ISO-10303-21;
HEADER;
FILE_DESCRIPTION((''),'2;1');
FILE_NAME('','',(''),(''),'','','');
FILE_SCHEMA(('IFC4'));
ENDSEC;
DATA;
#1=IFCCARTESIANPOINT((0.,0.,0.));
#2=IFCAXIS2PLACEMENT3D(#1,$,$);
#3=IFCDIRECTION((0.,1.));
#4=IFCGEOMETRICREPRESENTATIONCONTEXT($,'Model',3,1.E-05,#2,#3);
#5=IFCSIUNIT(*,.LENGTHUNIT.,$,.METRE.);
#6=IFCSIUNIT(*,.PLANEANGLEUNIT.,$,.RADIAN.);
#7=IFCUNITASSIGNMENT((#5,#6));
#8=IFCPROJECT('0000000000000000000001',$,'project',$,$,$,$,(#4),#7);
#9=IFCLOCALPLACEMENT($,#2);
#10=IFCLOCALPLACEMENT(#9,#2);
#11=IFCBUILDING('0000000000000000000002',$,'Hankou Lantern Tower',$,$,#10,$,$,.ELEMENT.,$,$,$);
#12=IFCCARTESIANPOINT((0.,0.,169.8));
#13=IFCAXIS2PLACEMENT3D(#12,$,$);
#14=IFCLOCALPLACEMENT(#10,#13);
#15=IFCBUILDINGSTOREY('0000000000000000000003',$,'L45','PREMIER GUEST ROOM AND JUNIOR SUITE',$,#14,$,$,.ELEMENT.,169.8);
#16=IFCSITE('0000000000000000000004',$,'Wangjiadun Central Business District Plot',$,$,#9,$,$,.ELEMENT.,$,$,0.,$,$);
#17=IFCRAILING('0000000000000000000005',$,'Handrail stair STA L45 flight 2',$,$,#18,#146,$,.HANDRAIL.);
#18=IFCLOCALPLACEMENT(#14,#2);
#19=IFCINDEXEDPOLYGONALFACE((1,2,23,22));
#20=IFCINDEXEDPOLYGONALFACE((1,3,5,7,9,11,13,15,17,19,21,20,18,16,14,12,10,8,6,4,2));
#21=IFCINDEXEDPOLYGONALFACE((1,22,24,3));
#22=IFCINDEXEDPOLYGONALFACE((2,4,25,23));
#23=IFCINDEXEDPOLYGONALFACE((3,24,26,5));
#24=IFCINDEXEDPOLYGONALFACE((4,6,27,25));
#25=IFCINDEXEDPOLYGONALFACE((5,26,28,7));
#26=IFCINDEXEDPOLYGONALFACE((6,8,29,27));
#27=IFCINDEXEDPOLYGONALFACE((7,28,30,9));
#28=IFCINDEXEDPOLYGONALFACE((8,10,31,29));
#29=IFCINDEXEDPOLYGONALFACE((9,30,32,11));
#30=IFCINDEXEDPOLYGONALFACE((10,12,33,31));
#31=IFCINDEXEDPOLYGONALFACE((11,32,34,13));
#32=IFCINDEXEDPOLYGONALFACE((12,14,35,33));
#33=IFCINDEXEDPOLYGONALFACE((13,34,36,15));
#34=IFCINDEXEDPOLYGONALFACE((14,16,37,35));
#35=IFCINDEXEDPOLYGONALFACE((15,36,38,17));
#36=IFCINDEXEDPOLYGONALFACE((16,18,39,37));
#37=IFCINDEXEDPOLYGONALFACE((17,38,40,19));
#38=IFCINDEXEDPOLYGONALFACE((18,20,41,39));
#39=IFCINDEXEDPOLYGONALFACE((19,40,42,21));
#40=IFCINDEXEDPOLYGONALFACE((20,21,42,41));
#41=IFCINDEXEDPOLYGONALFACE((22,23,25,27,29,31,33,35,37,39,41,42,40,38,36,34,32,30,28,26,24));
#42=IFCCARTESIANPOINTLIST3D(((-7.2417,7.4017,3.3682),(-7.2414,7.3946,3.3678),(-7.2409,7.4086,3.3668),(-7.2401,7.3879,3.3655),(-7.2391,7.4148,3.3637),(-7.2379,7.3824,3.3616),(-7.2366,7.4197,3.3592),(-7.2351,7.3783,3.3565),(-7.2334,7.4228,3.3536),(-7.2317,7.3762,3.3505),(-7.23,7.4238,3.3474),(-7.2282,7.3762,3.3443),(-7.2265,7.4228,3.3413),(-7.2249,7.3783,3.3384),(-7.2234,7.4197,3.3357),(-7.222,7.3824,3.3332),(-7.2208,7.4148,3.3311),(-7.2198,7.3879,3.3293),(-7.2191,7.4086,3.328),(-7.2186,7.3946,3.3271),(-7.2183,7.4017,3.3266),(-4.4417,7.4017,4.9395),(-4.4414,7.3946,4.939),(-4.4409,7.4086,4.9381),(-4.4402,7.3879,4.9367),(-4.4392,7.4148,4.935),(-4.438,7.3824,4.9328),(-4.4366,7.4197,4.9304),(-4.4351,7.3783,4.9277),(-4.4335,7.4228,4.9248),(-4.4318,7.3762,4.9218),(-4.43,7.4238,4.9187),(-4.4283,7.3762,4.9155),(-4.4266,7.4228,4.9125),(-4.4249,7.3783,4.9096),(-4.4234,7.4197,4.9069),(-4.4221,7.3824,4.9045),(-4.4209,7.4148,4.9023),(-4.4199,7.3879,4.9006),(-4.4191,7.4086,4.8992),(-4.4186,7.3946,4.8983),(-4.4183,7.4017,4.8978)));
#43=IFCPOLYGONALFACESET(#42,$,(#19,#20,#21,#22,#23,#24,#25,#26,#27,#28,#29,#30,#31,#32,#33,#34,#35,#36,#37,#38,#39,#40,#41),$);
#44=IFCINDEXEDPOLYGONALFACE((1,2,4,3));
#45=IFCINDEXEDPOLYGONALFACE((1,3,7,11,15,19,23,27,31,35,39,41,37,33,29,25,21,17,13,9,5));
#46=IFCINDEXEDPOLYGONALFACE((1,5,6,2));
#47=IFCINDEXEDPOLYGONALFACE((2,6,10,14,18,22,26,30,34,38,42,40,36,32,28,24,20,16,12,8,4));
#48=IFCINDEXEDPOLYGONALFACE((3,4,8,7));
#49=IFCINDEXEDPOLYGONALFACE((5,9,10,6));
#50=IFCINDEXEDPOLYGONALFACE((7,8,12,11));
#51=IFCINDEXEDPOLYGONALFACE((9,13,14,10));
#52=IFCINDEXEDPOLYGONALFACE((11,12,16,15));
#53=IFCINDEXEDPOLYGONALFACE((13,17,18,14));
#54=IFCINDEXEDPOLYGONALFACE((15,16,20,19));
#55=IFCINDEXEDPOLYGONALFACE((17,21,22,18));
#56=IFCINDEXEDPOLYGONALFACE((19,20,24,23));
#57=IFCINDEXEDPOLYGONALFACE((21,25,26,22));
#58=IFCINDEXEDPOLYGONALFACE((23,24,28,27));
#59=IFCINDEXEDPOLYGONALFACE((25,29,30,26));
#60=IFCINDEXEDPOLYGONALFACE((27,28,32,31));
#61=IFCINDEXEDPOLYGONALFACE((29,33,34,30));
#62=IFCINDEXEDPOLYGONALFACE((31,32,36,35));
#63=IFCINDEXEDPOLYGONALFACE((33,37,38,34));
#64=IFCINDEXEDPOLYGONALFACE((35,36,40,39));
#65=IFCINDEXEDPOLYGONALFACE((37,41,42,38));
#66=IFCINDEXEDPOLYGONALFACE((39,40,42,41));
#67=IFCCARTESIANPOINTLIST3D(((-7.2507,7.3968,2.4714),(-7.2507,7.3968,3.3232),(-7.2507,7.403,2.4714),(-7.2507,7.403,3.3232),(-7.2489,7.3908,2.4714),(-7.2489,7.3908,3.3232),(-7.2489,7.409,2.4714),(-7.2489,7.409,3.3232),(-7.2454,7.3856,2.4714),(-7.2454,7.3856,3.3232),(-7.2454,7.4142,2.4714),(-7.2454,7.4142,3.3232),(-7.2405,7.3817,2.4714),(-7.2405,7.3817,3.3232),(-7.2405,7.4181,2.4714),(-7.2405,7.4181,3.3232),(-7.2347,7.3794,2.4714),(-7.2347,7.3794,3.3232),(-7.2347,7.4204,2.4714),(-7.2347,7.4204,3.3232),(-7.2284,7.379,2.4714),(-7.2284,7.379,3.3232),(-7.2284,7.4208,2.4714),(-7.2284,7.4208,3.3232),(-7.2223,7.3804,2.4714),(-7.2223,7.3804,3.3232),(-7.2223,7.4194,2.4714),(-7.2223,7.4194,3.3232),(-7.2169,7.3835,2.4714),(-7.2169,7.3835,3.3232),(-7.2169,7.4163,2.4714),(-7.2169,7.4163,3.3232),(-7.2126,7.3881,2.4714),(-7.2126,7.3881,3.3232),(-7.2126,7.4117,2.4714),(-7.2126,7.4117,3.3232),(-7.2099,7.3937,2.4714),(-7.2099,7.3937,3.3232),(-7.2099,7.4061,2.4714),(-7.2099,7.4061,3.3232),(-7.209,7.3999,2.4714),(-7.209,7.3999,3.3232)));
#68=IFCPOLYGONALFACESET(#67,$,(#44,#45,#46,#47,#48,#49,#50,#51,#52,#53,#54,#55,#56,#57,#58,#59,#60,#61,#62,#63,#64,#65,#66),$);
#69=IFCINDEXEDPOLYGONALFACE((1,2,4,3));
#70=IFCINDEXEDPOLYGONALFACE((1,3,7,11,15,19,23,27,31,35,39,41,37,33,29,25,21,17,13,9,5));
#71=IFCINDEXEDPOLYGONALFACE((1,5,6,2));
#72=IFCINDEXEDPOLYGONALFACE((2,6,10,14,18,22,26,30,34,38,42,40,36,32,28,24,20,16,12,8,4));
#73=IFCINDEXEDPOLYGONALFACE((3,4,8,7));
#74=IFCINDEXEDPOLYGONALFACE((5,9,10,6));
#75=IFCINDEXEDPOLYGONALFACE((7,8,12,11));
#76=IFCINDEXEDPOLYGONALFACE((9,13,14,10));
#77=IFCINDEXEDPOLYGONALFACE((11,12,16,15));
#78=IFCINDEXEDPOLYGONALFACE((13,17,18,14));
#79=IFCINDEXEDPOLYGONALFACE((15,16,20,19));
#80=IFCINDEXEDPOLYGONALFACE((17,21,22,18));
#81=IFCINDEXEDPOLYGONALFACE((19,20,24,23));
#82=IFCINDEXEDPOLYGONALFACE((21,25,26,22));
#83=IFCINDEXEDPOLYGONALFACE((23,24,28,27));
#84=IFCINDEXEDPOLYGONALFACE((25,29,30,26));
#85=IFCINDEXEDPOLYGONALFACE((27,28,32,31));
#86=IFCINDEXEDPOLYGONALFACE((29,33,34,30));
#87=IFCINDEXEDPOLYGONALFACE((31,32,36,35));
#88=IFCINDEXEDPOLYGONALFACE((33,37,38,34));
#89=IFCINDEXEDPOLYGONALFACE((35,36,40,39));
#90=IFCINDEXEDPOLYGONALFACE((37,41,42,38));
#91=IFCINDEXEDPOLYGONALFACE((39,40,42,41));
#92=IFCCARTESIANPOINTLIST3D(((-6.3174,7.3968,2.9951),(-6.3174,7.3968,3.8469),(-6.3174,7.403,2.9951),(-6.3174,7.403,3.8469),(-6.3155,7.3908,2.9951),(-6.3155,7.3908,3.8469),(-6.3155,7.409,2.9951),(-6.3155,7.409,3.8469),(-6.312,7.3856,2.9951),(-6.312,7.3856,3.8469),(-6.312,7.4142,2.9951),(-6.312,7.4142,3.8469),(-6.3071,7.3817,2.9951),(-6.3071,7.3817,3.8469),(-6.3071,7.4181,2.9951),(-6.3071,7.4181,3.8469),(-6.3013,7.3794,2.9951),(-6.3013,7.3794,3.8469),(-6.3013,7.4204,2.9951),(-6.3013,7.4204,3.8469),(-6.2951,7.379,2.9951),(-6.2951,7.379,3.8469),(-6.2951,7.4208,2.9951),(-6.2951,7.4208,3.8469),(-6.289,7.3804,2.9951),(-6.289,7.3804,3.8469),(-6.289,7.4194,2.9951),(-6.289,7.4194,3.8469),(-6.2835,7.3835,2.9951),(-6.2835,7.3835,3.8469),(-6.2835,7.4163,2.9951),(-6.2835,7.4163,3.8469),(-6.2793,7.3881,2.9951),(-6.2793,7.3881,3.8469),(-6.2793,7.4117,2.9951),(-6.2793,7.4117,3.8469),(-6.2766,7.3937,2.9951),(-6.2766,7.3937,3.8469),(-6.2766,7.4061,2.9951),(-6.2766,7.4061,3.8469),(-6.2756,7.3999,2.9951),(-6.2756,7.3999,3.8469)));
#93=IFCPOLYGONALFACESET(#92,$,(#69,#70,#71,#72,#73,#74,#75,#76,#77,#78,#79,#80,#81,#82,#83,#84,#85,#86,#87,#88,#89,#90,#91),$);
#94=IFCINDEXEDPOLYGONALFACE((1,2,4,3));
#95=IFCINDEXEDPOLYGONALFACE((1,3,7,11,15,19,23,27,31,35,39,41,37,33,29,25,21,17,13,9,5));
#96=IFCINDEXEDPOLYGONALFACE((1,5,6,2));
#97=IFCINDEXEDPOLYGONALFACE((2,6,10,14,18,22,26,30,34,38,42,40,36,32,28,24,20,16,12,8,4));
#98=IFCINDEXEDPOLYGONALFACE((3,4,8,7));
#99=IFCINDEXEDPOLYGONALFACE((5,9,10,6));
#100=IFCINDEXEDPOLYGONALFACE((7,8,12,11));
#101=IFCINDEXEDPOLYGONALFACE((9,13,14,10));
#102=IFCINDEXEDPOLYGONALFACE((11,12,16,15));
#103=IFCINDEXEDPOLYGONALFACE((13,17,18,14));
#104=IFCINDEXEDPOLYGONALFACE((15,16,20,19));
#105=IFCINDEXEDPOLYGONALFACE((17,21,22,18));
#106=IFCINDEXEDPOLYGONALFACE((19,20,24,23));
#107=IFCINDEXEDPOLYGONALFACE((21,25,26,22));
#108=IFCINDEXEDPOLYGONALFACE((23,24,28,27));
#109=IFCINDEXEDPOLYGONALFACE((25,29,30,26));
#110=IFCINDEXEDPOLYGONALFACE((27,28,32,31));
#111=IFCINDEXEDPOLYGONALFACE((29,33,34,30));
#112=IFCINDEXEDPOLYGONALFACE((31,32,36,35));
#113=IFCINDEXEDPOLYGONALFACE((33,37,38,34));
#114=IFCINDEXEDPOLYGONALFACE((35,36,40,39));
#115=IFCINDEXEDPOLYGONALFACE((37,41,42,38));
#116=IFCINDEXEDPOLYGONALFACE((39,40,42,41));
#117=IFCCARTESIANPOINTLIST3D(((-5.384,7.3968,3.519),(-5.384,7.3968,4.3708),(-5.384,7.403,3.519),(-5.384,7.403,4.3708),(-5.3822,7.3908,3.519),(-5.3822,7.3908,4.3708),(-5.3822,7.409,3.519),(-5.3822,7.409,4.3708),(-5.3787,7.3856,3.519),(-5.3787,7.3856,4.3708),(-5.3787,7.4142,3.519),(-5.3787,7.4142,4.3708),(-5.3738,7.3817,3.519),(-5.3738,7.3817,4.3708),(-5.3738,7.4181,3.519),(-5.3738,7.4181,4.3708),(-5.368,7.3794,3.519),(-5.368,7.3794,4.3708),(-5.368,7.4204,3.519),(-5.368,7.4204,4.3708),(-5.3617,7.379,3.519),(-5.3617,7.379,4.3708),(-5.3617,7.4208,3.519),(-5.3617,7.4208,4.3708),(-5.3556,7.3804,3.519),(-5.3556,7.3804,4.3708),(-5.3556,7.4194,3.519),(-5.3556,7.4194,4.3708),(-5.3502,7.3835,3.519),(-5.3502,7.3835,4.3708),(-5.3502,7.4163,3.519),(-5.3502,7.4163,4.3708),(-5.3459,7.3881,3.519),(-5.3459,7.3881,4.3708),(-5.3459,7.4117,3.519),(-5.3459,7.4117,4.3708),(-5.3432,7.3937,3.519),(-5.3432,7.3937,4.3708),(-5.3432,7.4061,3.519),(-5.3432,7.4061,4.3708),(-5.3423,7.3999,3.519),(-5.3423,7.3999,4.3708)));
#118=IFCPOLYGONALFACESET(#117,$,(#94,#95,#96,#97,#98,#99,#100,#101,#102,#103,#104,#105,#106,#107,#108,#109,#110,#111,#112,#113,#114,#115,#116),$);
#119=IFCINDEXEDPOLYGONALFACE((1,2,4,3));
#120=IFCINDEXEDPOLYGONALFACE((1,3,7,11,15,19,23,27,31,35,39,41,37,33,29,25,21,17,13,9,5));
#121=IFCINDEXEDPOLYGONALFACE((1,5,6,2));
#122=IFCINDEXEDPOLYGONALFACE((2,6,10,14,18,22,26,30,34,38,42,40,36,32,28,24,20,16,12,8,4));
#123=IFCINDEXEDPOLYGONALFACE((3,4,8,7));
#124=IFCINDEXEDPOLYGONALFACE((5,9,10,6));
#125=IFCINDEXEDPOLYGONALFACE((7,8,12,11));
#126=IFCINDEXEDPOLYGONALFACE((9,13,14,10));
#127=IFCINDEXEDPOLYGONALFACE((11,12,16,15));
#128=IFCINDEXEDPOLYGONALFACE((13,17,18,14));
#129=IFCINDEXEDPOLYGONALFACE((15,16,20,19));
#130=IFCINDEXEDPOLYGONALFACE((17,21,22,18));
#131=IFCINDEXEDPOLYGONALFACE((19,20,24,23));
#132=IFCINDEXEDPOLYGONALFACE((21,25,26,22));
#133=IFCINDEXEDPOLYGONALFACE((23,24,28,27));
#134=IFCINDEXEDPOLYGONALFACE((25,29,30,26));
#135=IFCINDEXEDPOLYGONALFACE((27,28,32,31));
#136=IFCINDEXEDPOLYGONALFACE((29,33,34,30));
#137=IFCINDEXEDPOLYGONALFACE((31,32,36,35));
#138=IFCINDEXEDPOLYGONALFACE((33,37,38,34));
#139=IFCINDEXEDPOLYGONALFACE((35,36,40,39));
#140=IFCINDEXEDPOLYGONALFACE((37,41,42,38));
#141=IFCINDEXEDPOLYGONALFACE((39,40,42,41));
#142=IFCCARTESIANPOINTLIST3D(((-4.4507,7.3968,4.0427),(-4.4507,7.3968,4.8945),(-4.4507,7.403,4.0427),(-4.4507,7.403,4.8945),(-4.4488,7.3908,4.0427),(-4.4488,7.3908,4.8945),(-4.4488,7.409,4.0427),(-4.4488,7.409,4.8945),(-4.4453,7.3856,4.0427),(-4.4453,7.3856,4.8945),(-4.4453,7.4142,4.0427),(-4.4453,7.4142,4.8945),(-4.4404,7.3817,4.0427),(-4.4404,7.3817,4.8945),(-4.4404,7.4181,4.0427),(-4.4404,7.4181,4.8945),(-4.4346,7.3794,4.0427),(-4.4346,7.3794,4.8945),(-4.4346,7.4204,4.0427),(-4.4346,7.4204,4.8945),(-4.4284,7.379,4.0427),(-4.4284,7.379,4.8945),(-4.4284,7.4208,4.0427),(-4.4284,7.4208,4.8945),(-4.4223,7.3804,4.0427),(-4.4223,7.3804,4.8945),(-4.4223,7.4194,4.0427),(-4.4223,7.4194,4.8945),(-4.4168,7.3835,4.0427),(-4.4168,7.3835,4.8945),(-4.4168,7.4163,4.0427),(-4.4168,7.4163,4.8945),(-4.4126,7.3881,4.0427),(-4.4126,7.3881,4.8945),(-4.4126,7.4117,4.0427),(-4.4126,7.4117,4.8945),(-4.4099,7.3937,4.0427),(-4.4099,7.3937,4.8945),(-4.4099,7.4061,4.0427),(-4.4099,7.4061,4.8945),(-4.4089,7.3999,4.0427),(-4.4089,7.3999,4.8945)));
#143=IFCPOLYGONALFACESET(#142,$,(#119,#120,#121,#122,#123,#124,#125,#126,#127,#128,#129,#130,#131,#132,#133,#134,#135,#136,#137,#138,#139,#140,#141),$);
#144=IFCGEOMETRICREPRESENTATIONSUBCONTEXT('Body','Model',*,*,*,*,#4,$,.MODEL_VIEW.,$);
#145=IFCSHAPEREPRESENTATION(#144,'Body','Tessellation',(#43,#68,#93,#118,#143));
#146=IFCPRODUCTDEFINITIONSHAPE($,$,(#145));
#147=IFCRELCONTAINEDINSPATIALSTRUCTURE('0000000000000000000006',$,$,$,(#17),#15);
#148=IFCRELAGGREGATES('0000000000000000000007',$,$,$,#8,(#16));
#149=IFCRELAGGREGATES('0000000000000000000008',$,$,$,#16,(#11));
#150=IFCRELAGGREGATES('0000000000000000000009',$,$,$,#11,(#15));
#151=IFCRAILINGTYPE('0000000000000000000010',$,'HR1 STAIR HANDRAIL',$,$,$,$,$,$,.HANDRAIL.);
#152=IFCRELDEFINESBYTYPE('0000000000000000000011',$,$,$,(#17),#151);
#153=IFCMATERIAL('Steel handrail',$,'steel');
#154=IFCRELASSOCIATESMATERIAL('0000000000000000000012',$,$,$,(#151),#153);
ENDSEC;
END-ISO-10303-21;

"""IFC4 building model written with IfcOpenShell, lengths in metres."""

from ifc_helpers import new_model, si_unit, direction, frame, origin, origin_2d, place, context, subcontext, project, spatial, circle, extrude, material, type_object, element, save


model = new_model("IFC4")

# Units and contexts
model_context = context("Model", 3, precision=1e-05, world=origin(), true_north=direction((0.0, 1.0)))
body_context = subcontext(model_context, "Body", "Model", "MODEL_VIEW")
ifc_project = project(units=[si_unit("LENGTHUNIT", "METRE"), si_unit("PLANEANGLEUNIT", "RADIAN")], contexts=[model_context])

# Site, building, storey
site_placement = place(None, origin())
site = spatial("IfcSite", under=ifc_project, at=site_placement, Name="Wangjiadun Central Business District Plot", CompositionType="ELEMENT", RefElevation=0.0)
building_placement = place(site_placement, origin())
building = spatial("IfcBuilding", under=site, at=building_placement, Name="Hankou Lantern Tower", CompositionType="ELEMENT")
storey_placement = place(building_placement, frame((0.0, 0.0, 169.8)))
storey = spatial("IfcBuildingStorey", under=building, at=storey_placement, Name="L45", Description="PREMIER GUEST ROOM AND JUNIOR SUITE", CompositionType="ELEMENT", Elevation=169.8)

# Railing
ifc_material_1 = material(Name="Steel handrail", Category="steel")
railing_type = type_object("IfcRailingType", Name="HR1 STAIR HANDRAIL", PredefinedType="HANDRAIL", material=ifc_material_1)
railing_1_placement = place(storey_placement, frame((-7.23, 7.3999, 2.4714)))
element("IfcRailing", 1, at=railing_1_placement, inside=storey, type_object=railing_type, Name="Handrail stair STA L45 flight 2", PredefinedType="HANDRAIL", context=body_context, shape_type="SweptSolid", body=[
    extrude(circle(Radius=0.0239, at=origin_2d()), frame((0.0, 0.0, 0.876), z_axis=(0.872073, 0.0, 0.489377), x_axis=(0.0, 1.0, 0.0)), (0.0, 0.0, 1.0), 3.2107),
    extrude(circle(Radius=0.021, at=origin_2d()), origin(), (0.0, 0.0, 1.0), 0.8518),
    extrude(circle(Radius=0.021, at=origin_2d()), frame((0.9333, 0.0, 0.5237)), (0.0, 0.0, 1.0), 0.8518),
    extrude(circle(Radius=0.021, at=origin_2d()), frame((1.8667, 0.0, 1.0476)), (0.0, 0.0, 1.0), 0.8518),
    extrude(circle(Radius=0.021, at=origin_2d()), frame((2.8, 0.0, 1.5713)), (0.0, 0.0, 1.0), 0.8518),
])

save(model, "model.ifc")
